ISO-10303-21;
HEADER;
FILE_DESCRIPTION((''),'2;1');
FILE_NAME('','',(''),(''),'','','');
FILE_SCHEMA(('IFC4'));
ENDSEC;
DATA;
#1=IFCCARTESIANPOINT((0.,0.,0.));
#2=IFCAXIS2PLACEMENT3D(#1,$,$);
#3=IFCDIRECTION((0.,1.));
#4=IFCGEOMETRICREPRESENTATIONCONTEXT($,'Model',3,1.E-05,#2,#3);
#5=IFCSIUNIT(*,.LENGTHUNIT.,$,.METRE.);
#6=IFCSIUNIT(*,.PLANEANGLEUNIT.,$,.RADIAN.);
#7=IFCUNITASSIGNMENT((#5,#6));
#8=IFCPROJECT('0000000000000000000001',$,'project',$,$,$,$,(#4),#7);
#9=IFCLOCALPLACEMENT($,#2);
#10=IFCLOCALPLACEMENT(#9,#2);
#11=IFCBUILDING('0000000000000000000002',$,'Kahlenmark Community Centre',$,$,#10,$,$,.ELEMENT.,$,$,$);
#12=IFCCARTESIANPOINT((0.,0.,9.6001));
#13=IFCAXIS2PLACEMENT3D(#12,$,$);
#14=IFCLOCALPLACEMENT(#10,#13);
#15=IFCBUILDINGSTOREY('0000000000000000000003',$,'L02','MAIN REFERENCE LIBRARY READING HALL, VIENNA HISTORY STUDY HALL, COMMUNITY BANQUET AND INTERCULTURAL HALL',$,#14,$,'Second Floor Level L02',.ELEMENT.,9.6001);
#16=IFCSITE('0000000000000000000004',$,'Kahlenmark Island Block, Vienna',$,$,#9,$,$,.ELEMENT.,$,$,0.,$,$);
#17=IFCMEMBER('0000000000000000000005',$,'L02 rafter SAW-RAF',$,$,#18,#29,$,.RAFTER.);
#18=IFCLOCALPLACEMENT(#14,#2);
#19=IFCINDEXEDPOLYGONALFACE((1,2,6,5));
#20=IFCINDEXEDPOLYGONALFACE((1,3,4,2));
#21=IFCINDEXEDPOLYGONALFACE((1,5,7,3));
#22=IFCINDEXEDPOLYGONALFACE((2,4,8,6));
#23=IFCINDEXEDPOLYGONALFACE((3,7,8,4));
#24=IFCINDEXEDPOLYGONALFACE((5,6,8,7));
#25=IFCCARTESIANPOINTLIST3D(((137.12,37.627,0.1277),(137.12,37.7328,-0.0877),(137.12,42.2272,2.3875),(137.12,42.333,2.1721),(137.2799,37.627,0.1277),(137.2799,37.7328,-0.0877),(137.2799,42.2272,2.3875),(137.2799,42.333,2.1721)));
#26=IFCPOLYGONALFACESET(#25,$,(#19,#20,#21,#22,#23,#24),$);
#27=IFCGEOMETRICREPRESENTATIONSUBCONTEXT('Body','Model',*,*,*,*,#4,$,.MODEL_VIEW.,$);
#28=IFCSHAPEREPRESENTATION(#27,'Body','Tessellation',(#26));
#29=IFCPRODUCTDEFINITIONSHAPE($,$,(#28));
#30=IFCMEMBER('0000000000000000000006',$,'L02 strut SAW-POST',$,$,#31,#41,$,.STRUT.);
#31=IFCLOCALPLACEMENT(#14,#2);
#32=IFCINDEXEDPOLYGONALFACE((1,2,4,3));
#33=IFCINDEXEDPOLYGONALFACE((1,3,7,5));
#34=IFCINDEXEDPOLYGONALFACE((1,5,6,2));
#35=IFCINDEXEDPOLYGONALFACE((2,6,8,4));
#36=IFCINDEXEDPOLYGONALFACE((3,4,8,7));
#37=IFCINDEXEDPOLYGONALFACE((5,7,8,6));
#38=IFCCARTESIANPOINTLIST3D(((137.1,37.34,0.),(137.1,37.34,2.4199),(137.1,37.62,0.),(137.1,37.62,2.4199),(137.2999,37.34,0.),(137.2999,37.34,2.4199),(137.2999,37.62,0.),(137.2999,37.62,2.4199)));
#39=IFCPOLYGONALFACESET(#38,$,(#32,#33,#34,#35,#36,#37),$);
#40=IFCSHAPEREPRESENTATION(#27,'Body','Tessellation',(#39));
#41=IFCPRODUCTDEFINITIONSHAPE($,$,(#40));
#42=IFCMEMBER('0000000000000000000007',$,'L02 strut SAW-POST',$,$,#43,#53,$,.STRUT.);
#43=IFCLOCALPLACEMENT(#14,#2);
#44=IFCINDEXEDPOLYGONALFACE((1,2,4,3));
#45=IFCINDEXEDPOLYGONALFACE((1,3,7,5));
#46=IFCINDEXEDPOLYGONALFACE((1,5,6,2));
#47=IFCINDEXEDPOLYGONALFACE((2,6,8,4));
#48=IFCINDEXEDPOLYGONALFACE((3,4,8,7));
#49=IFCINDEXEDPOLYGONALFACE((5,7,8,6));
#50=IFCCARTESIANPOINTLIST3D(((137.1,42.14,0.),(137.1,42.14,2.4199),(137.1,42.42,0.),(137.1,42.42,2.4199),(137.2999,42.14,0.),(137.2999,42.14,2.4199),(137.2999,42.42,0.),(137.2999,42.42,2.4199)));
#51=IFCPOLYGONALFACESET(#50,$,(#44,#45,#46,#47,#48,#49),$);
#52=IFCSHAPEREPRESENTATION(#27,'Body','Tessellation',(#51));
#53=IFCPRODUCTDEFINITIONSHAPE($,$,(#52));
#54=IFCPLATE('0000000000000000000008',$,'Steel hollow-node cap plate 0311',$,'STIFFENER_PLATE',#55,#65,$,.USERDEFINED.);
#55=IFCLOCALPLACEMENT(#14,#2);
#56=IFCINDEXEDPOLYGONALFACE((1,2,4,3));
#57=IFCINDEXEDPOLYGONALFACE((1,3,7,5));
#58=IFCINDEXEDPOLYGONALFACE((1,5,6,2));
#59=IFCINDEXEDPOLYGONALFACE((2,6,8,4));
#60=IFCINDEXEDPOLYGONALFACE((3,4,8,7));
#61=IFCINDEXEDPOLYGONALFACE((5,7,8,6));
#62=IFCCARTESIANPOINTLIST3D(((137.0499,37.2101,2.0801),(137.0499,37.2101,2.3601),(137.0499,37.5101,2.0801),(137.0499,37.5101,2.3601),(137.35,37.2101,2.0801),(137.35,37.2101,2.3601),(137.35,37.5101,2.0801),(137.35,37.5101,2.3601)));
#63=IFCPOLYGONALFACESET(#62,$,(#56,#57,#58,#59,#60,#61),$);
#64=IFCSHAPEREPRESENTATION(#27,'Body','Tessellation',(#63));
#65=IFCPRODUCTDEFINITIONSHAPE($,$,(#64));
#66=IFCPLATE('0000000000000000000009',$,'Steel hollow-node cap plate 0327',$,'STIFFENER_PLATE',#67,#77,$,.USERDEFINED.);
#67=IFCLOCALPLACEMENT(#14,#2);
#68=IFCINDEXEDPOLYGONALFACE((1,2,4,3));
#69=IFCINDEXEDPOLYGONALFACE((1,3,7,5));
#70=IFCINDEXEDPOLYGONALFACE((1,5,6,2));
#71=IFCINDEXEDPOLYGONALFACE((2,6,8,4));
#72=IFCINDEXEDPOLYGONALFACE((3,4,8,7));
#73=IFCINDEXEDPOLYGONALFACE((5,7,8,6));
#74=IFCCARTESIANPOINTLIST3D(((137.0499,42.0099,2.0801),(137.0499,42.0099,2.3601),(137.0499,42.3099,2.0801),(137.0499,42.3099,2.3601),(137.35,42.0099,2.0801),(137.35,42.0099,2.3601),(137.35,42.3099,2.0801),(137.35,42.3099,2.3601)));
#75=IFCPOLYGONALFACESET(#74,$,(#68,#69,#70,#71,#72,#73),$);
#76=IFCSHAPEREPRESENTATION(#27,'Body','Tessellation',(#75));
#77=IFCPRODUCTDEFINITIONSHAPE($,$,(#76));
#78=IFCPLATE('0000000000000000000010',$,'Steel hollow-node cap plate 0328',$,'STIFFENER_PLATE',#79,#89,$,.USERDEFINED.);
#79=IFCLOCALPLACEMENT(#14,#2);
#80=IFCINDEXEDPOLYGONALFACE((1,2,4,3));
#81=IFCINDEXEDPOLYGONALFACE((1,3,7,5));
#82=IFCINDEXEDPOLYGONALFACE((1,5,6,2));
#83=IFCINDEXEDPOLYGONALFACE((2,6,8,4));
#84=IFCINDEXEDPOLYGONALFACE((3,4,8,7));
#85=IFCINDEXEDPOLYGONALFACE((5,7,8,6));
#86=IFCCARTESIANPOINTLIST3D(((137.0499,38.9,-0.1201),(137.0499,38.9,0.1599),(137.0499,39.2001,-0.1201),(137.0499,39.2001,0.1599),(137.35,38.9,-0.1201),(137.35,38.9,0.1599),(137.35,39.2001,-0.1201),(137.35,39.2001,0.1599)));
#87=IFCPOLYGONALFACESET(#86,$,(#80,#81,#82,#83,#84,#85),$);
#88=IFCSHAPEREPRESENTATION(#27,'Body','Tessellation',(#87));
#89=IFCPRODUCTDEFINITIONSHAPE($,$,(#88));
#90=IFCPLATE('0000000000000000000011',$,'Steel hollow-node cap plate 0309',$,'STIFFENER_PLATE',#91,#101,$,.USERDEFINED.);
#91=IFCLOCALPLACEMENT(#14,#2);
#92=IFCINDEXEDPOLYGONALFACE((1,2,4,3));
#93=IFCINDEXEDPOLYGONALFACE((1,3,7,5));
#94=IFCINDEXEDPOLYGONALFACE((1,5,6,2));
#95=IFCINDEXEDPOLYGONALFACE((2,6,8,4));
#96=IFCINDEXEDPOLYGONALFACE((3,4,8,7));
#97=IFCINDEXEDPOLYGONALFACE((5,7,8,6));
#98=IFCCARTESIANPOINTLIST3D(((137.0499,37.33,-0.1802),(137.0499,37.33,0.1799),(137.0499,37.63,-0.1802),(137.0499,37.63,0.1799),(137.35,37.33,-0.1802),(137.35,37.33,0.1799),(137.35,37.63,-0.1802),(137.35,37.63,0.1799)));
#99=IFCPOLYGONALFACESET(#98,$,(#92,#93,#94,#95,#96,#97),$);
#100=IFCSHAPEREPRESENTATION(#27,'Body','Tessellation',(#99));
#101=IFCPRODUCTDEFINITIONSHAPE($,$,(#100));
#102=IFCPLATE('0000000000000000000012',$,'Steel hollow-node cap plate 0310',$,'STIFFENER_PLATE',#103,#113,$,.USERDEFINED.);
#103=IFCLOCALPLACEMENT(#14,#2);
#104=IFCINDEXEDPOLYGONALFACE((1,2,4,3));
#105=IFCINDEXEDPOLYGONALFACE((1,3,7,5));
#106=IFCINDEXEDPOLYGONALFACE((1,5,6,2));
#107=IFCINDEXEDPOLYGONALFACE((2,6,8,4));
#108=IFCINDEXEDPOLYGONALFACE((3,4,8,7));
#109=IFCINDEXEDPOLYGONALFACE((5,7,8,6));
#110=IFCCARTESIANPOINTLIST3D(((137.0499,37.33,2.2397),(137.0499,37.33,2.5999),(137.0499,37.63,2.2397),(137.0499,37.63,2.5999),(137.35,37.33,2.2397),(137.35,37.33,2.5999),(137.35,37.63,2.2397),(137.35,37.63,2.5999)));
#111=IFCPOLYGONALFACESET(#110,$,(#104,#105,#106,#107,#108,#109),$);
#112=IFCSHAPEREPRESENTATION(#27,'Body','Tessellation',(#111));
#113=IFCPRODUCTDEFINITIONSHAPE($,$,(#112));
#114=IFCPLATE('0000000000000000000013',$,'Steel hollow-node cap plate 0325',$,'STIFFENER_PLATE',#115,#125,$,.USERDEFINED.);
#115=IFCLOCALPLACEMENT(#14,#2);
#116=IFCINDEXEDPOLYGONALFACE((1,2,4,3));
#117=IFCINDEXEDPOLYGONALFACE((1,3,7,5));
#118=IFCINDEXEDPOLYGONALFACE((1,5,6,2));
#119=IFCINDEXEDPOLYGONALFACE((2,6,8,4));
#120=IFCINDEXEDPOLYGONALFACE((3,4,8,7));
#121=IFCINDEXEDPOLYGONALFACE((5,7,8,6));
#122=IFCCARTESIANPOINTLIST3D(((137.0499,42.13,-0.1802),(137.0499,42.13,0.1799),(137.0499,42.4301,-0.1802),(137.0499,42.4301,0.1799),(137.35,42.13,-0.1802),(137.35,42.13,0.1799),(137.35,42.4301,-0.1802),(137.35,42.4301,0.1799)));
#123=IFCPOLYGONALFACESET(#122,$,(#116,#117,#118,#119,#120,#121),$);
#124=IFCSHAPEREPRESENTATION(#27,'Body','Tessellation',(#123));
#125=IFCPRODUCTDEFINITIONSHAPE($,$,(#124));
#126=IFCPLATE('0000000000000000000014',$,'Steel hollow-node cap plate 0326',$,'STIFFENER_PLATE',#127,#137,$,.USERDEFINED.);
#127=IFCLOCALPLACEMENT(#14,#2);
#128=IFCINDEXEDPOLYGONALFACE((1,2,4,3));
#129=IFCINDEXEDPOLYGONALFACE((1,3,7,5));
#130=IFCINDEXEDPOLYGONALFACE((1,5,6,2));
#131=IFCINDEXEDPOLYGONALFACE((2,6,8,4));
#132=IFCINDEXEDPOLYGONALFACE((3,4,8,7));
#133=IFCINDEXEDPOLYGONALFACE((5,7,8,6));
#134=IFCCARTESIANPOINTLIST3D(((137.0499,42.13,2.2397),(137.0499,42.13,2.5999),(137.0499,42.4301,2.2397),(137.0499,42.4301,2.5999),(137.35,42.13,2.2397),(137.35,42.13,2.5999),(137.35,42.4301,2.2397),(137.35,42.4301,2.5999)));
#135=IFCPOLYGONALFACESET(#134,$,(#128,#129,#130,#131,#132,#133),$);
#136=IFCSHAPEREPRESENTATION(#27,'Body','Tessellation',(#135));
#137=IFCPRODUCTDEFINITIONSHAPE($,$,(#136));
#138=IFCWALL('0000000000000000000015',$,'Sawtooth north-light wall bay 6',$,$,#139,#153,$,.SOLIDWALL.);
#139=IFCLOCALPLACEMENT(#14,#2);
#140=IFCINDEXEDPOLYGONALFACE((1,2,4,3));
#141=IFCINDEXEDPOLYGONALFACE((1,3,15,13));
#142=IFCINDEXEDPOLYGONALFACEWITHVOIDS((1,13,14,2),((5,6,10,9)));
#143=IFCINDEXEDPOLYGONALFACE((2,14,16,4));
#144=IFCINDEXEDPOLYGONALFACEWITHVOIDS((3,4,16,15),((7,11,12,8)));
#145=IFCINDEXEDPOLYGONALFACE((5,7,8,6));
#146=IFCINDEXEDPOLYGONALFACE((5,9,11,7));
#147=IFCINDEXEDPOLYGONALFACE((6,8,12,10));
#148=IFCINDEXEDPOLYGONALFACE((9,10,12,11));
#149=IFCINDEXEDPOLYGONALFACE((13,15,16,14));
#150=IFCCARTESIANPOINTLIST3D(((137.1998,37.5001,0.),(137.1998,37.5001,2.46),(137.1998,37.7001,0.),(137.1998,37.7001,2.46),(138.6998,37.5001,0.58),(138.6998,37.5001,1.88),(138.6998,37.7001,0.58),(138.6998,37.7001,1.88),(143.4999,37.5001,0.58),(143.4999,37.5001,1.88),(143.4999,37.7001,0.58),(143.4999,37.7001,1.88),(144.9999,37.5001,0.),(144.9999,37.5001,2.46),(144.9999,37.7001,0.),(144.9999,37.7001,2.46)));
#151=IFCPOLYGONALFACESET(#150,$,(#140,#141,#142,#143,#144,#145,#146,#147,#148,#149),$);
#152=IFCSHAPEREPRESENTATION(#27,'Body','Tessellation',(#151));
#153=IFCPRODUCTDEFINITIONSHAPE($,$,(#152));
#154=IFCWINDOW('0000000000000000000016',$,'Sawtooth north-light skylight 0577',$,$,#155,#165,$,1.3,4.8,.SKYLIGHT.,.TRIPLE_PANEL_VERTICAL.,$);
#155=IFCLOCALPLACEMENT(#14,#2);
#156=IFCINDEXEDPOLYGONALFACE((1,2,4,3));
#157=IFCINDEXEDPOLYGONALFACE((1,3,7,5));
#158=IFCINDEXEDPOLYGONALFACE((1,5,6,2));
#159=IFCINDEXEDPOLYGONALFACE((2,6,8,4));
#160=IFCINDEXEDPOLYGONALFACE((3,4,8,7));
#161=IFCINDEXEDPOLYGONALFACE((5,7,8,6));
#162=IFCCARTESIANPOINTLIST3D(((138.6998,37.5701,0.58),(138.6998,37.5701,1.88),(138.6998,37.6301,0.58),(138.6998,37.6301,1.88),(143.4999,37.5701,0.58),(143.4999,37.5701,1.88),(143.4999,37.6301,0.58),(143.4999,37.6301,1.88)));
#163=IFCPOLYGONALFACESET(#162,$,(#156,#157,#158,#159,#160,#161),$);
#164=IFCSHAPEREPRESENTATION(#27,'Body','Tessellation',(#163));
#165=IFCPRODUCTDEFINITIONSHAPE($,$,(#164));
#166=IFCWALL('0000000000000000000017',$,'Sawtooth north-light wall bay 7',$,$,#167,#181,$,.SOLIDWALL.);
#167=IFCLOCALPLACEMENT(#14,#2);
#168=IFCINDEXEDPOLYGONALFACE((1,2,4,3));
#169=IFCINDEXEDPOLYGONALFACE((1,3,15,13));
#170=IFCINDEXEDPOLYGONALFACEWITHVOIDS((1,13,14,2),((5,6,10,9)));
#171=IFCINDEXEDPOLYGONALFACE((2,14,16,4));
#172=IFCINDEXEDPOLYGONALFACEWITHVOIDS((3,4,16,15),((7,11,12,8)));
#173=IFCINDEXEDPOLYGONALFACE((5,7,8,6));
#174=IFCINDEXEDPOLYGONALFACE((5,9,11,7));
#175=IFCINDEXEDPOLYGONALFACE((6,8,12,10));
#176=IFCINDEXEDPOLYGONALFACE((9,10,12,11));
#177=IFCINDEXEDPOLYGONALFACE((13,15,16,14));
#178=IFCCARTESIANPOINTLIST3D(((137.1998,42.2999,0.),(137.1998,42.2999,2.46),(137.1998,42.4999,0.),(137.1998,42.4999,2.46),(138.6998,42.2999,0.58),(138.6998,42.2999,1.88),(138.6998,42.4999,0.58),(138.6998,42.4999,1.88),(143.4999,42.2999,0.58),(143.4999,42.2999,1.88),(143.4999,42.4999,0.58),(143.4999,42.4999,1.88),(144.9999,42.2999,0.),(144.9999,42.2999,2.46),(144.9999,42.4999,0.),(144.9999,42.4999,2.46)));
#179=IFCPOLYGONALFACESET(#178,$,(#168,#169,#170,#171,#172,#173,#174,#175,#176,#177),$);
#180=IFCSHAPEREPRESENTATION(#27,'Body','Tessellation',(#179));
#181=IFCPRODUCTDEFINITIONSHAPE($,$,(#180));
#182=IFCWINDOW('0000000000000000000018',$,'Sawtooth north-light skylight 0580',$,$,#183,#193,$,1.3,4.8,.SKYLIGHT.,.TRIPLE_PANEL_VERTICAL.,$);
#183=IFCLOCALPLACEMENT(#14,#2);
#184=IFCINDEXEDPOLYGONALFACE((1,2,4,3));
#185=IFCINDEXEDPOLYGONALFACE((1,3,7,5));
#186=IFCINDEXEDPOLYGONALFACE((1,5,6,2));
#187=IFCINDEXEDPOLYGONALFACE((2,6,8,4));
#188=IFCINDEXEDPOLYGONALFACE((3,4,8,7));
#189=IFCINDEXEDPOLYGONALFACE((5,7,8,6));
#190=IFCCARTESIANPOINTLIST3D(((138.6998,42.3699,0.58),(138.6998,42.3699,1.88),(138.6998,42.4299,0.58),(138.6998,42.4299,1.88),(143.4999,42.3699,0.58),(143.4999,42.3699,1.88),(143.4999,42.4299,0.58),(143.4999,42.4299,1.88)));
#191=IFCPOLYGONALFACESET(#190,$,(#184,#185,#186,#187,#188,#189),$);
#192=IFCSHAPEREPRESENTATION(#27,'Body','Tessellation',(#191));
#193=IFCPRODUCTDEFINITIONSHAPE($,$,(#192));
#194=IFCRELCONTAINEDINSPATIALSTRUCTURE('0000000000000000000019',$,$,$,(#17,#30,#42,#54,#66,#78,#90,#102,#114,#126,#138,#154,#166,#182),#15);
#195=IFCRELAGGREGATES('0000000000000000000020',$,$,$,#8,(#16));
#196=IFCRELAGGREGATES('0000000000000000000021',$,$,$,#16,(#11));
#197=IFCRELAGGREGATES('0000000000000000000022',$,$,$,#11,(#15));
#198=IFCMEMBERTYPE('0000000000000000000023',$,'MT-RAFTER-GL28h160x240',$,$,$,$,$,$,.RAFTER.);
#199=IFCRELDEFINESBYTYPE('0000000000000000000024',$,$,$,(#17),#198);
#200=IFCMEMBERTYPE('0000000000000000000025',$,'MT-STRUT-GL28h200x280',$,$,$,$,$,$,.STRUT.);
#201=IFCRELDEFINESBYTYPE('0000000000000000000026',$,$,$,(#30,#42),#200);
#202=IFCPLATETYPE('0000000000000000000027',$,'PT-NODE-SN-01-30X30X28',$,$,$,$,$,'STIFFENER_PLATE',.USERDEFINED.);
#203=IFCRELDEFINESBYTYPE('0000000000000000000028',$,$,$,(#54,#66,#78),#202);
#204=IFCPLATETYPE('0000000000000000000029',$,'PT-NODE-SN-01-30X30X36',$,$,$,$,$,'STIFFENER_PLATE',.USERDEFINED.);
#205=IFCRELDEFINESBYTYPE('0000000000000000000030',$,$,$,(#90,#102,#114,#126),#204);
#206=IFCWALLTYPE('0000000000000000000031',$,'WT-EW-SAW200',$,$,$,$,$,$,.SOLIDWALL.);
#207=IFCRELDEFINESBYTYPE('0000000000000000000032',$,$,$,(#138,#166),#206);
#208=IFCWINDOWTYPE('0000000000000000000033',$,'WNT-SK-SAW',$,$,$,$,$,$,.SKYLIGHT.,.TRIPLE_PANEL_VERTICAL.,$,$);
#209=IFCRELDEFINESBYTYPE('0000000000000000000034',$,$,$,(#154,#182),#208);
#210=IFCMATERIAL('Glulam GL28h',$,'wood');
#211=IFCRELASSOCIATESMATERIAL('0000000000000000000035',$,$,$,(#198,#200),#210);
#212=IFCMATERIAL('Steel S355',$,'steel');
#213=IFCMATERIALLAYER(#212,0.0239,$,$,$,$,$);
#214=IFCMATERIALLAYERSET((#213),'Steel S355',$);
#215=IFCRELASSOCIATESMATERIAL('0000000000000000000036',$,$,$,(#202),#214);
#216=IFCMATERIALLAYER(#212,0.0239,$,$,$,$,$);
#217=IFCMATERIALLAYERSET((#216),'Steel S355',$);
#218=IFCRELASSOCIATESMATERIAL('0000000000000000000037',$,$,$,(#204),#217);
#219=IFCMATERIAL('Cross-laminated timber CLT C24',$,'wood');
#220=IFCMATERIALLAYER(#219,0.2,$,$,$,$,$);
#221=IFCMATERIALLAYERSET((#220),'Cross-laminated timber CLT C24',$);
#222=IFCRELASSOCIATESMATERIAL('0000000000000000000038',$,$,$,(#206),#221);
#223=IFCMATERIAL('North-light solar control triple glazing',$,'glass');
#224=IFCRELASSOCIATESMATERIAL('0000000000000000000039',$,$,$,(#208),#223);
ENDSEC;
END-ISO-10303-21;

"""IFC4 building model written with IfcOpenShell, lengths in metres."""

from ifc_helpers import new_model, si_unit, direction, frame, frame_2d, origin, origin_2d, place, context, subcontext, project, spatial, rectangle, extrude, material, layer, layer_set, material_profile, profile_set, type_object, element, fill, save


model = new_model("IFC4")

# Units and contexts
model_context = context("Model", 3, precision=1e-05, world=origin(), true_north=direction((0.0, 1.0)))
body_context = subcontext(model_context, "Body", "Model", "MODEL_VIEW")
ifc_project = project(units=[si_unit("LENGTHUNIT", "METRE"), si_unit("PLANEANGLEUNIT", "RADIAN")], contexts=[model_context])

# Site, building, storey
site_placement = place(None, origin())
site = spatial("IfcSite", under=ifc_project, at=site_placement, Name="Kahlenmark Island Block, Vienna", CompositionType="ELEMENT", RefElevation=0.0)
building_placement = place(site_placement, origin())
building = spatial("IfcBuilding", under=site, at=building_placement, Name="Kahlenmark Community Centre", CompositionType="ELEMENT")
storey_placement = place(building_placement, frame((0.0, 0.0, 9.6001)))
storey = spatial("IfcBuildingStorey", under=building, at=storey_placement, Name="L02", Description="MAIN REFERENCE LIBRARY READING HALL, VIENNA HISTORY STUDY HALL, COMMUNITY BANQUET AND INTERCULTURAL HALL", LongName="Second Floor Level L02", CompositionType="ELEMENT", Elevation=9.6001)

# Members
ifc_material_1 = material(Name="Steel S355", Category="steel")
ifc_material_2 = material(Name="Glulam GL28h", Category="wood")
ifc_material_profile_1 = material_profile(ifc_material_2, rectangle(XDim=0.1599, YDim=0.24, at=origin_2d()), Name="GL28h 160x240")
ifc_profile_set_1 = profile_set([ifc_material_profile_1], Name="Glulam GL28h")
member_type_1 = type_object("IfcMemberType", Name="MT-RAFTER-GL28h160x240", PredefinedType="RAFTER", material=ifc_profile_set_1)
member_1_placement = place(storey_placement, frame((137.2, 37.6799, 0.02), z_axis=(0.0, 0.897549, 0.440915), x_axis=(-1.0, 0.0, 0.0)))
element("IfcMember", 1, at=member_1_placement, inside=storey, type_object=member_type_1, Name="L02 rafter SAW-RAF", PredefinedType="RAFTER", context=body_context, shape_type="SweptSolid", body=[
    extrude(rectangle(XDim=0.1599, YDim=0.24, at=origin_2d()), origin(), (0.0, 0.0, 1.0), 5.1252),
])
ifc_material_profile_2 = material_profile(ifc_material_2, rectangle(XDim=0.2, YDim=0.28, at=origin_2d()), Name="GL28h 200x280")
ifc_profile_set_2 = profile_set([ifc_material_profile_2], Name="Glulam GL28h")
member_type_2 = type_object("IfcMemberType", Name="MT-STRUT-GL28h200x280", PredefinedType="STRUT", material=ifc_profile_set_2)
for number, where, z_axis, x_axis, name in (
    (2, (137.2, 37.48, 0.0), (0.0, 0.0, 1.0), (1.0, 0.0, 0.0), "L02 strut SAW-POST"),
    (3, (137.2, 42.28, 0.0), (0.0, 0.0, 1.0), (1.0, 0.0, 0.0), "L02 strut SAW-POST"),
):
    element("IfcMember", number, at=place(storey_placement, frame(where, z_axis=z_axis, x_axis=x_axis)), inside=storey, type_object=member_type_2, Name=name, PredefinedType="STRUT", context=body_context, shape_type="SweptSolid", body=[
        extrude(rectangle(XDim=0.2, YDim=0.28, at=origin_2d()), origin(), (0.0, 0.0, 1.0), 2.4199),
    ])

# Plates
ifc_layer_1 = layer(ifc_material_1, 0.0239)
ifc_layer_set_1 = layer_set([ifc_layer_1], Name="Steel S355")
plate_type_1 = type_object("IfcPlateType", Name="PT-NODE-SN-01-30X30X28", ElementType="STIFFENER_PLATE", PredefinedType="USERDEFINED", material=ifc_layer_set_1)
for number, where, z_axis, x_axis, name in (
    (4, (137.2, 37.3601, 2.0801), (0.0, 0.0, 1.0), (1.0, 0.0, 0.0), "Steel hollow-node cap plate 0311"),
    (5, (137.2, 42.1599, 2.0801), (0.0, 0.0, 1.0), (1.0, 0.0, 0.0), "Steel hollow-node cap plate 0327"),
    (6, (137.2, 39.05, -0.1201), (0.0, 0.0, 1.0), (1.0, 0.0, 0.0), "Steel hollow-node cap plate 0328"),
):
    element("IfcPlate", number, at=place(storey_placement, frame(where, z_axis=z_axis, x_axis=x_axis)), inside=storey, type_object=plate_type_1, Name=name, ObjectType="STIFFENER_PLATE", PredefinedType="USERDEFINED", context=body_context, shape_type="SweptSolid", body=[
        extrude(rectangle(XDim=0.3, YDim=0.3, at=origin_2d()), origin(), (0.0, 0.0, 1.0), 0.28),
    ])
ifc_layer_2 = layer(ifc_material_1, 0.0239)
ifc_layer_set_2 = layer_set([ifc_layer_2], Name="Steel S355")
plate_type_2 = type_object("IfcPlateType", Name="PT-NODE-SN-01-30X30X36", ElementType="STIFFENER_PLATE", PredefinedType="USERDEFINED", material=ifc_layer_set_2)
for number, where, z_axis, x_axis, name in (
    (7, (137.2, 37.48, -0.1802), (0.0, 0.0, 1.0), (1.0, 0.0, 0.0), "Steel hollow-node cap plate 0309"),
    (8, (137.2, 37.48, 2.2397), (0.0, 0.0, 1.0), (1.0, 0.0, 0.0), "Steel hollow-node cap plate 0310"),
    (9, (137.2, 42.28, -0.1802), (0.0, 0.0, 1.0), (1.0, 0.0, 0.0), "Steel hollow-node cap plate 0325"),
    (10, (137.2, 42.28, 2.2397), (0.0, 0.0, 1.0), (1.0, 0.0, 0.0), "Steel hollow-node cap plate 0326"),
):
    element("IfcPlate", number, at=place(storey_placement, frame(where, z_axis=z_axis, x_axis=x_axis)), inside=storey, type_object=plate_type_2, Name=name, ObjectType="STIFFENER_PLATE", PredefinedType="USERDEFINED", context=body_context, shape_type="SweptSolid", body=[
        extrude(rectangle(XDim=0.3, YDim=0.3, at=origin_2d()), origin(), (0.0, 0.0, 1.0), 0.3601),
    ])

# Walls, openings, windows
ifc_material_3 = material(Name="Cross-laminated timber CLT C24", Category="wood")
ifc_layer_3 = layer(ifc_material_3, 0.2)
ifc_layer_set_3 = layer_set([ifc_layer_3], Name="Cross-laminated timber CLT C24")
wall_type = type_object("IfcWallType", Name="WT-EW-SAW200", PredefinedType="SOLIDWALL", material=ifc_layer_set_3)
wall_1_placement = place(storey_placement, frame((137.2, 37.6001, 0.0), z_axis=(0.0, 0.0, 1.0), x_axis=(1.0, 0.0, 0.0)))
wall_1 = element("IfcWall", 11, at=wall_1_placement, inside=storey, type_object=wall_type, Name="Sawtooth north-light wall bay 6", PredefinedType="SOLIDWALL", context=body_context, shape_type="SweptSolid", body=[
    extrude(rectangle(XDim=7.8, YDim=0.2, at=frame_2d((3.8999, 0.0))), origin(), (0.0, 0.0, 1.0), 2.46),
])
opening_1_placement = place(wall_1_placement, frame((1.5, 0.0, 0.5801)))
opening_1 = element("IfcOpeningElement", 12, at=opening_1_placement, cuts=wall_1, PredefinedType="OPENING", context=body_context, shape_type="SweptSolid", body=[
    extrude(rectangle(XDim=4.8, YDim=1.3, at=frame_2d((2.3999, 0.6499))), frame((0.0, 0.1099, 0.0), z_axis=(0.0, -1.0, 0.0), x_axis=(1.0, 0.0, 0.0)), (0.0, 0.0, 1.0), 0.22),
])
ifc_material_4 = material(Name="North-light solar control triple glazing", Category="glass")
window_type = type_object("IfcWindowType", Name="WNT-SK-SAW", PartitioningType="TRIPLE_PANEL_VERTICAL", PredefinedType="SKYLIGHT", material=ifc_material_4)
window_1_placement = place(opening_1_placement, origin())
window_1 = element("IfcWindow", 13, at=window_1_placement, inside=storey, type_object=window_type, Name="Sawtooth north-light skylight 0577", OverallHeight=1.3, OverallWidth=4.8, PartitioningType="TRIPLE_PANEL_VERTICAL", PredefinedType="SKYLIGHT", context=body_context, shape_type="SweptSolid", body=[
    extrude(rectangle(XDim=4.8, YDim=1.3, at=frame_2d((2.3999, 0.6499))), frame((0.0, 0.03, 0.0), z_axis=(0.0, -1.0, 0.0), x_axis=(1.0, 0.0, 0.0)), (0.0, 0.0, 1.0), 0.0601),
])
fill(opening_1, window_1)
wall_2_placement = place(storey_placement, frame((137.2, 42.3999, 0.0), z_axis=(0.0, 0.0, 1.0), x_axis=(1.0, 0.0, 0.0)))
wall_2 = element("IfcWall", 14, at=wall_2_placement, inside=storey, type_object=wall_type, Name="Sawtooth north-light wall bay 7", PredefinedType="SOLIDWALL", context=body_context, shape_type="SweptSolid", body=[
    extrude(rectangle(XDim=7.8, YDim=0.2, at=frame_2d((3.8999, 0.0))), origin(), (0.0, 0.0, 1.0), 2.46),
])
opening_2_placement = place(wall_2_placement, frame((1.5, 0.0, 0.5801)))
opening_2 = element("IfcOpeningElement", 15, at=opening_2_placement, cuts=wall_2, PredefinedType="OPENING", context=body_context, shape_type="SweptSolid", body=[
    extrude(rectangle(XDim=4.8, YDim=1.3, at=frame_2d((2.3999, 0.6499))), frame((0.0, 0.1099, 0.0), z_axis=(0.0, -1.0, 0.0), x_axis=(1.0, 0.0, 0.0)), (0.0, 0.0, 1.0), 0.22),
])
window_2_placement = place(opening_2_placement, origin())
window_2 = element("IfcWindow", 16, at=window_2_placement, inside=storey, type_object=window_type, Name="Sawtooth north-light skylight 0580", OverallHeight=1.3, OverallWidth=4.8, PartitioningType="TRIPLE_PANEL_VERTICAL", PredefinedType="SKYLIGHT", context=body_context, shape_type="SweptSolid", body=[
    extrude(rectangle(XDim=4.8, YDim=1.3, at=frame_2d((2.3999, 0.6499))), frame((0.0, 0.03, 0.0), z_axis=(0.0, -1.0, 0.0), x_axis=(1.0, 0.0, 0.0)), (0.0, 0.0, 1.0), 0.0601),
])
fill(opening_2, window_2)

save(model, "model.ifc")
